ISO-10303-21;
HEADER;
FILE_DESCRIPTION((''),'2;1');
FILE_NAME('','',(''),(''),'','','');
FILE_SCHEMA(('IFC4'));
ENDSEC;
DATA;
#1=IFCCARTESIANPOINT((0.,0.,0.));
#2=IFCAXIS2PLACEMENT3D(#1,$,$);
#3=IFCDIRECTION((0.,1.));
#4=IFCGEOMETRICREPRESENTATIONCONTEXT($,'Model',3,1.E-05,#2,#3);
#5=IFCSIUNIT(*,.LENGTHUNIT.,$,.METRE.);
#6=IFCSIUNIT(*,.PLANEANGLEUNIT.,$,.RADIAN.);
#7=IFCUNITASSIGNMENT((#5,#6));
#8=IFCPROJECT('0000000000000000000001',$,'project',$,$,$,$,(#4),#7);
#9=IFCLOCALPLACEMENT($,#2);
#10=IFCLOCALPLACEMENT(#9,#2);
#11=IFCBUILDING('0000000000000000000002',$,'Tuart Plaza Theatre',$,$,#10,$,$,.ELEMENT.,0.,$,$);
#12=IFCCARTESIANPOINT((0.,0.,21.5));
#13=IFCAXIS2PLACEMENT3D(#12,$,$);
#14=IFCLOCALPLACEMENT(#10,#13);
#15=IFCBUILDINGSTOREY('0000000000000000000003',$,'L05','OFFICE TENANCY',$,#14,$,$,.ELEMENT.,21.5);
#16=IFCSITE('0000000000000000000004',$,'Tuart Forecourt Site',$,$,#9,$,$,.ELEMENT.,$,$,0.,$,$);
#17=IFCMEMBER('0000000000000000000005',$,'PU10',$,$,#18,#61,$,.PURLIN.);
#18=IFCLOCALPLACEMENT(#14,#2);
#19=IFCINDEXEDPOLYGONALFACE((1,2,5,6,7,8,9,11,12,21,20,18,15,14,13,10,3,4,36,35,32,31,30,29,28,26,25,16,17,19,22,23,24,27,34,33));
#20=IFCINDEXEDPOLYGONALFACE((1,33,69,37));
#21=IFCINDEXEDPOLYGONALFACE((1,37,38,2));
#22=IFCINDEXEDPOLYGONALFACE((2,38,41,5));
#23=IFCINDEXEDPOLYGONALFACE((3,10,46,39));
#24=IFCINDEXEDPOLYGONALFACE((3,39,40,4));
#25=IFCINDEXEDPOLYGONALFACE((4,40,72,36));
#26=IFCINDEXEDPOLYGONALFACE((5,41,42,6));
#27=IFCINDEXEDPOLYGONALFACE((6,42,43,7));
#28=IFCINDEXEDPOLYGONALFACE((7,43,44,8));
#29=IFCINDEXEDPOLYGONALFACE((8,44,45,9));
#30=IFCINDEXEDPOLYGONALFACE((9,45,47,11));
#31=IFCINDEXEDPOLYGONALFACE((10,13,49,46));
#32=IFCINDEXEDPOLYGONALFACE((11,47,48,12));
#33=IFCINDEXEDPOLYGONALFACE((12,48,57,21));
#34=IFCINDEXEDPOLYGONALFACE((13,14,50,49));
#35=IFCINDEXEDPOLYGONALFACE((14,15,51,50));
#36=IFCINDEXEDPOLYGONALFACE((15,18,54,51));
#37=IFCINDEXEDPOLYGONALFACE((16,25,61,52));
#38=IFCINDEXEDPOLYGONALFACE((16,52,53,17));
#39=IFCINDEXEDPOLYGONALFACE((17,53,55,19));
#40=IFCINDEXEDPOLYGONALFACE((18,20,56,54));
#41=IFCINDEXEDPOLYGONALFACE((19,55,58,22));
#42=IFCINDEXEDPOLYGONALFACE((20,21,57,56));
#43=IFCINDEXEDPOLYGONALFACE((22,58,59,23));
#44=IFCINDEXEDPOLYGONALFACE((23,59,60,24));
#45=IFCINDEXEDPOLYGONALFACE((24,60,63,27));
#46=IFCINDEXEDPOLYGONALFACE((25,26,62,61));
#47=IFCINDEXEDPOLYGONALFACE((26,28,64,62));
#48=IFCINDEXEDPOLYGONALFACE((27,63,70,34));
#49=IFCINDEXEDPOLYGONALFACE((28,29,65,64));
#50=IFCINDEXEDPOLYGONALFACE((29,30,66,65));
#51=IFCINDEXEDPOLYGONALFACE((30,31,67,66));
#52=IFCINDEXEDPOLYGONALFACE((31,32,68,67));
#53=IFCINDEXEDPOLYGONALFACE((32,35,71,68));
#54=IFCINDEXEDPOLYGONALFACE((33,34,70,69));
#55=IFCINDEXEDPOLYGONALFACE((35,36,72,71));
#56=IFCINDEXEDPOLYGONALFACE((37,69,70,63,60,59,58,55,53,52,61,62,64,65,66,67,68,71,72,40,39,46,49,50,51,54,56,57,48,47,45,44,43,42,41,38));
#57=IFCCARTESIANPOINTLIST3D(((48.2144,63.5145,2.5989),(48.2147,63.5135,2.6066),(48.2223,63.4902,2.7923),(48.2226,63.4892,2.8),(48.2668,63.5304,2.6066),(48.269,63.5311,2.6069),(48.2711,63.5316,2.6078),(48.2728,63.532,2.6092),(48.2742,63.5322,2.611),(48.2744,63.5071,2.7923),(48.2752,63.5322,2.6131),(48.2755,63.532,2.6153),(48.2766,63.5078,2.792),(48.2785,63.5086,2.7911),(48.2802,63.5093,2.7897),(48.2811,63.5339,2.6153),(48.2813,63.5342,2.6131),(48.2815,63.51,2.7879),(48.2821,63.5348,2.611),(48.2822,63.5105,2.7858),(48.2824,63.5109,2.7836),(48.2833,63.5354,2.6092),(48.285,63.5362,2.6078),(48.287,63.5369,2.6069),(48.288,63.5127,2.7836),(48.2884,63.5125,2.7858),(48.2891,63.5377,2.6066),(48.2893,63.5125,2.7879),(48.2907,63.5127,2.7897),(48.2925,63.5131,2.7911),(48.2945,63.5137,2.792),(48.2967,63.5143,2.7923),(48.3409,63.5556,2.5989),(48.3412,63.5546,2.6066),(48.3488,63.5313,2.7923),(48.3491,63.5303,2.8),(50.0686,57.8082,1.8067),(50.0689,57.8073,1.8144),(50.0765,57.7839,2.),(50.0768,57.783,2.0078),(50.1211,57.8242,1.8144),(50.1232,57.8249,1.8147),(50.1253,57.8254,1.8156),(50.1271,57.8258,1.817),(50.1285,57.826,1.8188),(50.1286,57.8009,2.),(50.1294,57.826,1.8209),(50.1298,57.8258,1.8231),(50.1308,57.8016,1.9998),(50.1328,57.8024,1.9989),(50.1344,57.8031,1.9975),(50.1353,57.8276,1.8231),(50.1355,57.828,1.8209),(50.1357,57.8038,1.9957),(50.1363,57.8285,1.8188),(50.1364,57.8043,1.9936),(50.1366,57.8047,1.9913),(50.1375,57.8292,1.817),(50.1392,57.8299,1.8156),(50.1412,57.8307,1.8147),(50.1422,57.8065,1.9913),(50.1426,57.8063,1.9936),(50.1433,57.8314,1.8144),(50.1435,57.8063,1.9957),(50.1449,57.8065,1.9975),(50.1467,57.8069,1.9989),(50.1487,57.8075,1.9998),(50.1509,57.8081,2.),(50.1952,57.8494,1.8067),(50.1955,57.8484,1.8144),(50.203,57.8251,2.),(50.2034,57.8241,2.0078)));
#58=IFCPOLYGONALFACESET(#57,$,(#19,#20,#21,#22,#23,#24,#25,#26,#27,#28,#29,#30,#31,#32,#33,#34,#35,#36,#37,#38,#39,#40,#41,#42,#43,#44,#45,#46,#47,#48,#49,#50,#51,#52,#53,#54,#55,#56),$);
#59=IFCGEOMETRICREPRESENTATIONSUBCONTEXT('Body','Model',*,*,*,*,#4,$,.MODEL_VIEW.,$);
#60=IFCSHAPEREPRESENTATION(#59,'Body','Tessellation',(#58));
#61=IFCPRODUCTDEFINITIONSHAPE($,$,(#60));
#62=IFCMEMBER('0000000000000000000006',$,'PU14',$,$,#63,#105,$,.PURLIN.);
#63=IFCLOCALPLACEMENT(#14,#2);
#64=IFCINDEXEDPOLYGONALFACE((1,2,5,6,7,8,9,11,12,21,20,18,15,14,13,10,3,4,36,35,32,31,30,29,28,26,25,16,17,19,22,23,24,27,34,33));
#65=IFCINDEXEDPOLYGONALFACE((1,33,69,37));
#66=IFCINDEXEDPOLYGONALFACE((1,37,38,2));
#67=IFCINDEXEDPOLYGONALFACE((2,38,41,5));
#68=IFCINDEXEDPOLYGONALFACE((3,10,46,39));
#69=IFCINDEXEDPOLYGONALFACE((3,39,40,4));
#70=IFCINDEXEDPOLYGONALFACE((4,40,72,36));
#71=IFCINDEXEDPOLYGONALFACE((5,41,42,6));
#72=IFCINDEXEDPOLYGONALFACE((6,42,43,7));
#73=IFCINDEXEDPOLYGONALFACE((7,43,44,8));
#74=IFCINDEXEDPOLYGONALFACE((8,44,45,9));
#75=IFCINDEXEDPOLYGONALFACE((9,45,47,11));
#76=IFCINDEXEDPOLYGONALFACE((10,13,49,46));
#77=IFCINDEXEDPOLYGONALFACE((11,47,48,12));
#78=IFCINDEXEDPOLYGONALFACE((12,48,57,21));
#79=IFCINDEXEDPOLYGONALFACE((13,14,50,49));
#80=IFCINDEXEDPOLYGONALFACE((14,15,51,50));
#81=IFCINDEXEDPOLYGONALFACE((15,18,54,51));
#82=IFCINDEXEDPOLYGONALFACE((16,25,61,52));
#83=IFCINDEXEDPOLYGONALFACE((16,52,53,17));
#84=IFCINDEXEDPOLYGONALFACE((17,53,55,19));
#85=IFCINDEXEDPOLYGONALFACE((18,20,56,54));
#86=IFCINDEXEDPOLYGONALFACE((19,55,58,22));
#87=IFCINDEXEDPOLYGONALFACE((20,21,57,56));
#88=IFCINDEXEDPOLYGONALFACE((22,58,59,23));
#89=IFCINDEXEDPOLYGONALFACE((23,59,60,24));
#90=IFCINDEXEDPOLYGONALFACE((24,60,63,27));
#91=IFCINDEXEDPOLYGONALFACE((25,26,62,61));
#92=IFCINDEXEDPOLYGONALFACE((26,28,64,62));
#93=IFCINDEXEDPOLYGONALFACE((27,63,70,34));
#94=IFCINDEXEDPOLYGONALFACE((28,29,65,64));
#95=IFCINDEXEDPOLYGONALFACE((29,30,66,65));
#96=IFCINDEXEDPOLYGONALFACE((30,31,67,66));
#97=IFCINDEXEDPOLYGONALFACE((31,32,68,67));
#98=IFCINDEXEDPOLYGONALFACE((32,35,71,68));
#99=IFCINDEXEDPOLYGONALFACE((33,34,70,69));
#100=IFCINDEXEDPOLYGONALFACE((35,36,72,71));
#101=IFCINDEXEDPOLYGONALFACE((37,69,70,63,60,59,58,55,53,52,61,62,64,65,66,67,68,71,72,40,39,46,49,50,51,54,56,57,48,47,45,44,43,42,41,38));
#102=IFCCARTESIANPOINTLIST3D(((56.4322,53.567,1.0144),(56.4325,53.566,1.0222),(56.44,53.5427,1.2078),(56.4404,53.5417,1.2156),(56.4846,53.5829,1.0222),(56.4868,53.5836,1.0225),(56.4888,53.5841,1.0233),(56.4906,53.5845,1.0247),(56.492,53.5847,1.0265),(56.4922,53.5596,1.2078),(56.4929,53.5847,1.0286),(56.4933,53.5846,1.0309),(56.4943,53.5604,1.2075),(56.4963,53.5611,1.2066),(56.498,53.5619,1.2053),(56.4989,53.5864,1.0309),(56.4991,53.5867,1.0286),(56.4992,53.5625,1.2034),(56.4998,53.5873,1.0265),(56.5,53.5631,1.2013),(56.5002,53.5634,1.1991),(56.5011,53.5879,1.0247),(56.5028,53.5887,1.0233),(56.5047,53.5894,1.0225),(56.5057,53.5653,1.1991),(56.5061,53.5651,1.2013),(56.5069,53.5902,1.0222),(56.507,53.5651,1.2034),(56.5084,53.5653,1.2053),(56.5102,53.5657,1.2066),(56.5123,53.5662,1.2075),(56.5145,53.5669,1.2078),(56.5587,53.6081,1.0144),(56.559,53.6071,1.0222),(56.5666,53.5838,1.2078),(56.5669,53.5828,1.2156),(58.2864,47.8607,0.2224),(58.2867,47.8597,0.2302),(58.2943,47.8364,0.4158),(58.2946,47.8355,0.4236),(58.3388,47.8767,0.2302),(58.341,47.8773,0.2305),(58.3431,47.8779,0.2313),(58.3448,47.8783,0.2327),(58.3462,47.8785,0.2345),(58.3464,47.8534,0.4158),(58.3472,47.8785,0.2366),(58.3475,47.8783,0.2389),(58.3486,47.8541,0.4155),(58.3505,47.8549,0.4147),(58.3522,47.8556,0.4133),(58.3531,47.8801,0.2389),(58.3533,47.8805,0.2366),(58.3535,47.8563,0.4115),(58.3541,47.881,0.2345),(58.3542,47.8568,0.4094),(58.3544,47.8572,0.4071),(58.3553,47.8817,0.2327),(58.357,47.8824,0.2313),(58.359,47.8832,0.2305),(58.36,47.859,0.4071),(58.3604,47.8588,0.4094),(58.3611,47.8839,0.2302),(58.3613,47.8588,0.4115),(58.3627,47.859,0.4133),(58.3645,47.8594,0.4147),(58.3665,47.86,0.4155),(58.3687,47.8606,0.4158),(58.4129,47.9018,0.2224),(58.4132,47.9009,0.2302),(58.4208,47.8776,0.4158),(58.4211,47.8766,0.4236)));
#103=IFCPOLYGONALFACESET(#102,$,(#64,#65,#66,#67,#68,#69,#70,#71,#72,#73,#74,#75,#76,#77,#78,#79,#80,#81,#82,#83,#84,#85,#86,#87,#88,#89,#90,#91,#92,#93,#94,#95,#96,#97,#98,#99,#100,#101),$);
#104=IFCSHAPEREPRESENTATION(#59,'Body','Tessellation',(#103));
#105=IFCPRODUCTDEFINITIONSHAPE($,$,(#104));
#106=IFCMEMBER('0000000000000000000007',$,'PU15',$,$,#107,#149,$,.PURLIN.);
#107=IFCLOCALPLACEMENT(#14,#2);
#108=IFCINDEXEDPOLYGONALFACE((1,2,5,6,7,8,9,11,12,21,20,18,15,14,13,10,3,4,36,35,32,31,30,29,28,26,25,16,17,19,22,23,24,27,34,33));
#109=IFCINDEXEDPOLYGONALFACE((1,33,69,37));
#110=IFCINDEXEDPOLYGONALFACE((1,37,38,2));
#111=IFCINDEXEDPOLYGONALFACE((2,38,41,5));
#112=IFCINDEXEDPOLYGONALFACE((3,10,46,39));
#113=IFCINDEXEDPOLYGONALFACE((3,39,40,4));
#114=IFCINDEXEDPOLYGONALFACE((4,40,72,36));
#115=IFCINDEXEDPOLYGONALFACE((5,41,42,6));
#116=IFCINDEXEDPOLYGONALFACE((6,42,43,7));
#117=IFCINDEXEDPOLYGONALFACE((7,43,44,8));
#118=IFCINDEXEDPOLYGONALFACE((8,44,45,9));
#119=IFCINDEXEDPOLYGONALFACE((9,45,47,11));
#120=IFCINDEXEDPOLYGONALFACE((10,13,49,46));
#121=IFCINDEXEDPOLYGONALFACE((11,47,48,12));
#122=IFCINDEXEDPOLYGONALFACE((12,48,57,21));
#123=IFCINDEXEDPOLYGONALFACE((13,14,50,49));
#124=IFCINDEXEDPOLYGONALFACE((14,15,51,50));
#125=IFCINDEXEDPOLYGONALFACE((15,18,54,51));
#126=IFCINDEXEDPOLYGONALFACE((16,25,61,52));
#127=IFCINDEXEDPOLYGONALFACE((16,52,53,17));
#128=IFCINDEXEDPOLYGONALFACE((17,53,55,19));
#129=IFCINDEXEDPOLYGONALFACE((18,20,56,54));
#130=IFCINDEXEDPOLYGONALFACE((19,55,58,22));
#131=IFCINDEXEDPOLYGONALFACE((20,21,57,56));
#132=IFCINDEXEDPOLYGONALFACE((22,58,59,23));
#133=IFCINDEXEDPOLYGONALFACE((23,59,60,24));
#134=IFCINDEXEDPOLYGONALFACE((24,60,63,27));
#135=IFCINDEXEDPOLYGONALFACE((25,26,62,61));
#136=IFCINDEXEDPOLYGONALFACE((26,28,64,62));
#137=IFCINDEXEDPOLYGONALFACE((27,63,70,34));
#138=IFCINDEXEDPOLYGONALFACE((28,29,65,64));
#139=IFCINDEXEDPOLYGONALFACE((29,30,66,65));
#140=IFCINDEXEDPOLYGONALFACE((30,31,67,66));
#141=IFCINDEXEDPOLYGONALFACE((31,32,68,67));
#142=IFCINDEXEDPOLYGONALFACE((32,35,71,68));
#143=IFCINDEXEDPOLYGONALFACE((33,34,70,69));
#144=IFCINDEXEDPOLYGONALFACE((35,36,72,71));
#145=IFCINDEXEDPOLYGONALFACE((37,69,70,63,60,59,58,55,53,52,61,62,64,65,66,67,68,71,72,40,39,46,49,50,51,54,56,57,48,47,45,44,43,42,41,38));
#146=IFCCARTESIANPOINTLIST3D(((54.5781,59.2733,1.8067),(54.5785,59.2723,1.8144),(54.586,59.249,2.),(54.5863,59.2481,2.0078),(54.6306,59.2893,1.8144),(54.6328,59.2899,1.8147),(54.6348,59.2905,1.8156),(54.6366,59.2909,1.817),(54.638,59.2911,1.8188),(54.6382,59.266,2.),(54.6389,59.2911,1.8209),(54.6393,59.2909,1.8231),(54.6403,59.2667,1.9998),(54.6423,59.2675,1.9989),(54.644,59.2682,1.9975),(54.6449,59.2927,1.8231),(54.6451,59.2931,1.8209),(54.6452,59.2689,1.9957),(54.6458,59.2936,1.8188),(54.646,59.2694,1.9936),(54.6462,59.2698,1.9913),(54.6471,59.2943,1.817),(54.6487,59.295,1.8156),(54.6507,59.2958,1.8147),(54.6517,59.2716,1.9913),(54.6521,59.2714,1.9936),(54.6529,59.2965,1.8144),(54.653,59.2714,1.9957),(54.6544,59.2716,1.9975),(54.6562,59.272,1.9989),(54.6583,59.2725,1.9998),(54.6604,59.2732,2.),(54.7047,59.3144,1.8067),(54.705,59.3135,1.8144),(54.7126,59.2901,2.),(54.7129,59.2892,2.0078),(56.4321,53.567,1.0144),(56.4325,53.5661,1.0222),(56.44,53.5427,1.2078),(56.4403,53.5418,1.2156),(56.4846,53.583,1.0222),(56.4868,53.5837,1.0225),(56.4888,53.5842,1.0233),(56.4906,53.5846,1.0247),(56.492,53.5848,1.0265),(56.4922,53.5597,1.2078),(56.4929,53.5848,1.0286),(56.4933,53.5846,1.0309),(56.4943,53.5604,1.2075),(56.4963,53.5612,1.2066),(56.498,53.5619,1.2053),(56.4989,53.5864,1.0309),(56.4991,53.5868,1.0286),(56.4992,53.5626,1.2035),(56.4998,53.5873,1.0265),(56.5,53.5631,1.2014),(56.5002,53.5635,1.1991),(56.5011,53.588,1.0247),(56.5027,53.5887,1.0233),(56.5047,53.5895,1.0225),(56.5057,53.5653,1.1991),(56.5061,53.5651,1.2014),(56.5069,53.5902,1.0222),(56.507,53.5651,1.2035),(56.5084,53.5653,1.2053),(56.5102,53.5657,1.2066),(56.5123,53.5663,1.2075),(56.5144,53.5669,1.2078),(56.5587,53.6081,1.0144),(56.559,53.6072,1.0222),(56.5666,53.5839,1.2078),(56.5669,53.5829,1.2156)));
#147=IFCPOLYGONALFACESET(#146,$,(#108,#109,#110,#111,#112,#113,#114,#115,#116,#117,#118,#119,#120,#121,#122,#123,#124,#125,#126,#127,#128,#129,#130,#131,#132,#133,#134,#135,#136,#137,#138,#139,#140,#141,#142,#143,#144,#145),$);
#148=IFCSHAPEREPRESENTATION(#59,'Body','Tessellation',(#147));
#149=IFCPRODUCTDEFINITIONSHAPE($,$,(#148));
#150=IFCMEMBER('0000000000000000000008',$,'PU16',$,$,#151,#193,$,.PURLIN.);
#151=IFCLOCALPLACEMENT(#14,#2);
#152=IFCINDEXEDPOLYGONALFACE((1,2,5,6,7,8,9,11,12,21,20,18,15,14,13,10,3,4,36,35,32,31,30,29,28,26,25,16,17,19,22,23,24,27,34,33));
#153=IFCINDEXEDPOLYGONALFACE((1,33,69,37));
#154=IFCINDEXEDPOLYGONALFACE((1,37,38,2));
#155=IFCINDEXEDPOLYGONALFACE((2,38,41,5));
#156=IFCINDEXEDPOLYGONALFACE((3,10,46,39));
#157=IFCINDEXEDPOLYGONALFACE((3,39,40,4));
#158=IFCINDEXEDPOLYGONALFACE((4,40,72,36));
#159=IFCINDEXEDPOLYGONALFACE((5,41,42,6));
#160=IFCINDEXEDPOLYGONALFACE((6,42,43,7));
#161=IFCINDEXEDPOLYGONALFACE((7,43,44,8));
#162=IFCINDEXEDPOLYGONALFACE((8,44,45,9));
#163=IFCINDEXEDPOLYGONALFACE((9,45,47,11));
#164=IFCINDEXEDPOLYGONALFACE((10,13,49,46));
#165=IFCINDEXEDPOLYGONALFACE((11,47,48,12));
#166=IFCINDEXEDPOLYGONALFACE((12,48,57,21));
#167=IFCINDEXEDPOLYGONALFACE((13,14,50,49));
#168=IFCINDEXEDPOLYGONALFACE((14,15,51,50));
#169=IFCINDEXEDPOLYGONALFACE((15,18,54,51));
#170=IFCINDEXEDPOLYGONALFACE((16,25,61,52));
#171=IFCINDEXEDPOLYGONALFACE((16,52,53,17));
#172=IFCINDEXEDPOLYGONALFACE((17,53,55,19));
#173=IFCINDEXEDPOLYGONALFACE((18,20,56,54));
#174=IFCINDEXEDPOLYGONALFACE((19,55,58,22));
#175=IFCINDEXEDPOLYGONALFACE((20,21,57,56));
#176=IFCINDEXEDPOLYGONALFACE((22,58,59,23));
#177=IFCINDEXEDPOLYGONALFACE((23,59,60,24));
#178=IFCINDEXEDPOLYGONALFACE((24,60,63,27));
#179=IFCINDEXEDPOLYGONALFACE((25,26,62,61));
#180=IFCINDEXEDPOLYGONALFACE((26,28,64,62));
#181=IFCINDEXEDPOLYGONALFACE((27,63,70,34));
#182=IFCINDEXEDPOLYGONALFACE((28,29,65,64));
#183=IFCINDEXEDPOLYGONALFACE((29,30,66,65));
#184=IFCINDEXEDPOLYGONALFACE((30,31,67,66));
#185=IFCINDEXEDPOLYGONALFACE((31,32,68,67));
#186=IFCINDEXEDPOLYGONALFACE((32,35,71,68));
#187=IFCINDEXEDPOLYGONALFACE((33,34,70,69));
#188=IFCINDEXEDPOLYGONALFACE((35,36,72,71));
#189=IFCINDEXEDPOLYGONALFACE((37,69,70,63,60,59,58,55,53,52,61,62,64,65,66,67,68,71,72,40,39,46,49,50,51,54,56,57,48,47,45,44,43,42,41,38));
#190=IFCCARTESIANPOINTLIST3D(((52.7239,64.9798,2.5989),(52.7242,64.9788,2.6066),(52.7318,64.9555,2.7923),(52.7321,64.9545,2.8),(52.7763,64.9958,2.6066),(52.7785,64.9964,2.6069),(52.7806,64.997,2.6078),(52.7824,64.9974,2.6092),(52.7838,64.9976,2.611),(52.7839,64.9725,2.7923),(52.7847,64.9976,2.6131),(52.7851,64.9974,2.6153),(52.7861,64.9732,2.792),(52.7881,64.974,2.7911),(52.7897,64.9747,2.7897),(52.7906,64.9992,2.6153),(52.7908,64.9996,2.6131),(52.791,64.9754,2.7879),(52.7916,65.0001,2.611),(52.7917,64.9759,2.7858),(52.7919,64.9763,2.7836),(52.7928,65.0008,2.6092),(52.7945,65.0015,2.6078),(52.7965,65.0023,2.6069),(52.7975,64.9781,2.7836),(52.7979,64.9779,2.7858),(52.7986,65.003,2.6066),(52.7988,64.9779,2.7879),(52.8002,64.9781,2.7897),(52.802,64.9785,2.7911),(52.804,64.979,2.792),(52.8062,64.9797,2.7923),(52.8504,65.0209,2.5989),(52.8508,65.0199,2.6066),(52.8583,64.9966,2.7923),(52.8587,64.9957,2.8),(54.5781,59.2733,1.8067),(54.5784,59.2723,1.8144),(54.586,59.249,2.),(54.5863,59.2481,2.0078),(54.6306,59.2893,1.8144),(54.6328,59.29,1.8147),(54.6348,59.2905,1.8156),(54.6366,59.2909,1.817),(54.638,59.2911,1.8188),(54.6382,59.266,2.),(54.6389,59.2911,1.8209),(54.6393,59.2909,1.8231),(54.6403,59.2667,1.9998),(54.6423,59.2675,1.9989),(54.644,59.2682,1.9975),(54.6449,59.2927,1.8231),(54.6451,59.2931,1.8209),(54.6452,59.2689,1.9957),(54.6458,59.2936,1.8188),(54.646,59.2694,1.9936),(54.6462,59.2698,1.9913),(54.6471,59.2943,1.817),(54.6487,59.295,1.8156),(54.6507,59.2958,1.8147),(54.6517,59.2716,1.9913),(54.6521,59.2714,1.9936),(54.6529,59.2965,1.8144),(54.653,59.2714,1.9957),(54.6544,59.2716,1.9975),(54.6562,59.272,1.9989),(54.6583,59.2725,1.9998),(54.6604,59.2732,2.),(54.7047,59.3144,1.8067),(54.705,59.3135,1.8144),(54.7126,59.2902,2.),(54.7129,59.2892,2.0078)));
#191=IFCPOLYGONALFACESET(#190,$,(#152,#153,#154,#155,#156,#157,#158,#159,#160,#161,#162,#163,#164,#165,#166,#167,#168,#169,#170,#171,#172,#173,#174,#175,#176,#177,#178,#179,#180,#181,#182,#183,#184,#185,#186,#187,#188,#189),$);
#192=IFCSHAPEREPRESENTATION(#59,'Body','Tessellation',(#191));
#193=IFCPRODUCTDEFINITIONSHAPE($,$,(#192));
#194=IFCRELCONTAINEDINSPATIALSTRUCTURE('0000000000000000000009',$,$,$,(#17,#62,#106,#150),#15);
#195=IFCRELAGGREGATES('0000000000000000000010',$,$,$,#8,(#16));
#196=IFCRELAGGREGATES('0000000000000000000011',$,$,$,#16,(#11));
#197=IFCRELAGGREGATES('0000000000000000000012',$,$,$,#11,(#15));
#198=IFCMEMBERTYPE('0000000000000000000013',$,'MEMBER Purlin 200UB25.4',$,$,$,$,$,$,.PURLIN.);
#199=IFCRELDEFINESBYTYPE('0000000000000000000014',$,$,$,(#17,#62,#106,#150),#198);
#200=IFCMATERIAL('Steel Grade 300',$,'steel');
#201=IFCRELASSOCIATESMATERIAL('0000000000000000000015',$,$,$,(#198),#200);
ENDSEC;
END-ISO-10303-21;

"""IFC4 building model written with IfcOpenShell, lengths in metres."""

from ifc_helpers import new_model, si_unit, direction, frame, origin, origin_2d, place, context, subcontext, project, spatial, i_section, extrude, material, material_profile, profile_set, type_object, element, save


model = new_model("IFC4")

# Units and contexts
model_context = context("Model", 3, precision=1e-05, world=origin(), true_north=direction((0.0, 1.0)))
body_context = subcontext(model_context, "Body", "Model", "MODEL_VIEW")
ifc_project = project(units=[si_unit("LENGTHUNIT", "METRE"), si_unit("PLANEANGLEUNIT", "RADIAN")], contexts=[model_context])

# Site, building, storey
site_placement = place(None, origin())
site = spatial("IfcSite", under=ifc_project, at=site_placement, Name="Tuart Forecourt Site", CompositionType="ELEMENT", RefElevation=0.0)
building_placement = place(site_placement, origin())
building = spatial("IfcBuilding", under=site, at=building_placement, Name="Tuart Plaza Theatre", CompositionType="ELEMENT", ElevationOfRefHeight=0.0)
storey_placement = place(building_placement, frame((0.0, 0.0, 21.5)))
storey = spatial("IfcBuildingStorey", under=building, at=storey_placement, Name="L05", Description="OFFICE TENANCY", CompositionType="ELEMENT", Elevation=21.5)

# Members
ifc_material_1 = material(Name="Steel Grade 300", Category="steel")
ifc_material_profile_1 = material_profile(ifc_material_1, i_section(OverallWidth=0.1331, OverallDepth=0.2029, WebThickness=0.0059, FlangeThickness=0.0078, FilletRadius=0.0088, at=origin_2d()), Name="200UB25.4")
ifc_profile_set_1 = profile_set([ifc_material_profile_1], Name="Steel Grade 300")
member_type_1 = type_object("IfcMemberType", Name="MEMBER Purlin 200UB25.4", PredefinedType="PURLIN", material=ifc_profile_set_1)
for number, where, z_axis, x_axis, name in (
    (1, (50.136, 57.8162, 1.9072), (-0.306382, 0.942865, 0.130903), (-0.951049, -0.309041, 0.0), "PU10"),
    (2, (58.3538, 47.8687, 0.323), (-0.306383, 0.94287, 0.130863), (-0.951049, -0.309041, 0.0), "PU14"),
    (3, (56.4995, 53.575, 1.115), (-0.306345, 0.942877, 0.130905), (-0.951061, -0.309004, 0.0), "PU15"),
):
    element("IfcMember", number, at=place(storey_placement, frame(where, z_axis=z_axis, x_axis=x_axis)), inside=storey, type_object=member_type_1, Name=name, PredefinedType="PURLIN", context=body_context, shape_type="SweptSolid", body=[
        extrude(i_section(OverallWidth=0.1331, OverallDepth=0.2029, WebThickness=0.0059, FlangeThickness=0.0078, FilletRadius=0.0088, at=origin_2d()), origin(), (0.0, 0.0, 1.0), 6.052),
    ])
member_1_placement = place(storey_placement, frame((54.6455, 59.2812, 1.9072), z_axis=(-0.30637, 0.94287, 0.130898), x_axis=(-0.951053, -0.309029, 0.0)))
element("IfcMember", 4, at=member_1_placement, inside=storey, type_object=member_type_1, Name="PU16", PredefinedType="PURLIN", context=body_context, shape_type="SweptSolid", body=[
    extrude(i_section(OverallWidth=0.1331, OverallDepth=0.2029, WebThickness=0.0059, FlangeThickness=0.0078, FilletRadius=0.0088, at=origin_2d()), origin(), (0.0, 0.0, 1.0), 6.0522),
])

save(model, "model.ifc")
